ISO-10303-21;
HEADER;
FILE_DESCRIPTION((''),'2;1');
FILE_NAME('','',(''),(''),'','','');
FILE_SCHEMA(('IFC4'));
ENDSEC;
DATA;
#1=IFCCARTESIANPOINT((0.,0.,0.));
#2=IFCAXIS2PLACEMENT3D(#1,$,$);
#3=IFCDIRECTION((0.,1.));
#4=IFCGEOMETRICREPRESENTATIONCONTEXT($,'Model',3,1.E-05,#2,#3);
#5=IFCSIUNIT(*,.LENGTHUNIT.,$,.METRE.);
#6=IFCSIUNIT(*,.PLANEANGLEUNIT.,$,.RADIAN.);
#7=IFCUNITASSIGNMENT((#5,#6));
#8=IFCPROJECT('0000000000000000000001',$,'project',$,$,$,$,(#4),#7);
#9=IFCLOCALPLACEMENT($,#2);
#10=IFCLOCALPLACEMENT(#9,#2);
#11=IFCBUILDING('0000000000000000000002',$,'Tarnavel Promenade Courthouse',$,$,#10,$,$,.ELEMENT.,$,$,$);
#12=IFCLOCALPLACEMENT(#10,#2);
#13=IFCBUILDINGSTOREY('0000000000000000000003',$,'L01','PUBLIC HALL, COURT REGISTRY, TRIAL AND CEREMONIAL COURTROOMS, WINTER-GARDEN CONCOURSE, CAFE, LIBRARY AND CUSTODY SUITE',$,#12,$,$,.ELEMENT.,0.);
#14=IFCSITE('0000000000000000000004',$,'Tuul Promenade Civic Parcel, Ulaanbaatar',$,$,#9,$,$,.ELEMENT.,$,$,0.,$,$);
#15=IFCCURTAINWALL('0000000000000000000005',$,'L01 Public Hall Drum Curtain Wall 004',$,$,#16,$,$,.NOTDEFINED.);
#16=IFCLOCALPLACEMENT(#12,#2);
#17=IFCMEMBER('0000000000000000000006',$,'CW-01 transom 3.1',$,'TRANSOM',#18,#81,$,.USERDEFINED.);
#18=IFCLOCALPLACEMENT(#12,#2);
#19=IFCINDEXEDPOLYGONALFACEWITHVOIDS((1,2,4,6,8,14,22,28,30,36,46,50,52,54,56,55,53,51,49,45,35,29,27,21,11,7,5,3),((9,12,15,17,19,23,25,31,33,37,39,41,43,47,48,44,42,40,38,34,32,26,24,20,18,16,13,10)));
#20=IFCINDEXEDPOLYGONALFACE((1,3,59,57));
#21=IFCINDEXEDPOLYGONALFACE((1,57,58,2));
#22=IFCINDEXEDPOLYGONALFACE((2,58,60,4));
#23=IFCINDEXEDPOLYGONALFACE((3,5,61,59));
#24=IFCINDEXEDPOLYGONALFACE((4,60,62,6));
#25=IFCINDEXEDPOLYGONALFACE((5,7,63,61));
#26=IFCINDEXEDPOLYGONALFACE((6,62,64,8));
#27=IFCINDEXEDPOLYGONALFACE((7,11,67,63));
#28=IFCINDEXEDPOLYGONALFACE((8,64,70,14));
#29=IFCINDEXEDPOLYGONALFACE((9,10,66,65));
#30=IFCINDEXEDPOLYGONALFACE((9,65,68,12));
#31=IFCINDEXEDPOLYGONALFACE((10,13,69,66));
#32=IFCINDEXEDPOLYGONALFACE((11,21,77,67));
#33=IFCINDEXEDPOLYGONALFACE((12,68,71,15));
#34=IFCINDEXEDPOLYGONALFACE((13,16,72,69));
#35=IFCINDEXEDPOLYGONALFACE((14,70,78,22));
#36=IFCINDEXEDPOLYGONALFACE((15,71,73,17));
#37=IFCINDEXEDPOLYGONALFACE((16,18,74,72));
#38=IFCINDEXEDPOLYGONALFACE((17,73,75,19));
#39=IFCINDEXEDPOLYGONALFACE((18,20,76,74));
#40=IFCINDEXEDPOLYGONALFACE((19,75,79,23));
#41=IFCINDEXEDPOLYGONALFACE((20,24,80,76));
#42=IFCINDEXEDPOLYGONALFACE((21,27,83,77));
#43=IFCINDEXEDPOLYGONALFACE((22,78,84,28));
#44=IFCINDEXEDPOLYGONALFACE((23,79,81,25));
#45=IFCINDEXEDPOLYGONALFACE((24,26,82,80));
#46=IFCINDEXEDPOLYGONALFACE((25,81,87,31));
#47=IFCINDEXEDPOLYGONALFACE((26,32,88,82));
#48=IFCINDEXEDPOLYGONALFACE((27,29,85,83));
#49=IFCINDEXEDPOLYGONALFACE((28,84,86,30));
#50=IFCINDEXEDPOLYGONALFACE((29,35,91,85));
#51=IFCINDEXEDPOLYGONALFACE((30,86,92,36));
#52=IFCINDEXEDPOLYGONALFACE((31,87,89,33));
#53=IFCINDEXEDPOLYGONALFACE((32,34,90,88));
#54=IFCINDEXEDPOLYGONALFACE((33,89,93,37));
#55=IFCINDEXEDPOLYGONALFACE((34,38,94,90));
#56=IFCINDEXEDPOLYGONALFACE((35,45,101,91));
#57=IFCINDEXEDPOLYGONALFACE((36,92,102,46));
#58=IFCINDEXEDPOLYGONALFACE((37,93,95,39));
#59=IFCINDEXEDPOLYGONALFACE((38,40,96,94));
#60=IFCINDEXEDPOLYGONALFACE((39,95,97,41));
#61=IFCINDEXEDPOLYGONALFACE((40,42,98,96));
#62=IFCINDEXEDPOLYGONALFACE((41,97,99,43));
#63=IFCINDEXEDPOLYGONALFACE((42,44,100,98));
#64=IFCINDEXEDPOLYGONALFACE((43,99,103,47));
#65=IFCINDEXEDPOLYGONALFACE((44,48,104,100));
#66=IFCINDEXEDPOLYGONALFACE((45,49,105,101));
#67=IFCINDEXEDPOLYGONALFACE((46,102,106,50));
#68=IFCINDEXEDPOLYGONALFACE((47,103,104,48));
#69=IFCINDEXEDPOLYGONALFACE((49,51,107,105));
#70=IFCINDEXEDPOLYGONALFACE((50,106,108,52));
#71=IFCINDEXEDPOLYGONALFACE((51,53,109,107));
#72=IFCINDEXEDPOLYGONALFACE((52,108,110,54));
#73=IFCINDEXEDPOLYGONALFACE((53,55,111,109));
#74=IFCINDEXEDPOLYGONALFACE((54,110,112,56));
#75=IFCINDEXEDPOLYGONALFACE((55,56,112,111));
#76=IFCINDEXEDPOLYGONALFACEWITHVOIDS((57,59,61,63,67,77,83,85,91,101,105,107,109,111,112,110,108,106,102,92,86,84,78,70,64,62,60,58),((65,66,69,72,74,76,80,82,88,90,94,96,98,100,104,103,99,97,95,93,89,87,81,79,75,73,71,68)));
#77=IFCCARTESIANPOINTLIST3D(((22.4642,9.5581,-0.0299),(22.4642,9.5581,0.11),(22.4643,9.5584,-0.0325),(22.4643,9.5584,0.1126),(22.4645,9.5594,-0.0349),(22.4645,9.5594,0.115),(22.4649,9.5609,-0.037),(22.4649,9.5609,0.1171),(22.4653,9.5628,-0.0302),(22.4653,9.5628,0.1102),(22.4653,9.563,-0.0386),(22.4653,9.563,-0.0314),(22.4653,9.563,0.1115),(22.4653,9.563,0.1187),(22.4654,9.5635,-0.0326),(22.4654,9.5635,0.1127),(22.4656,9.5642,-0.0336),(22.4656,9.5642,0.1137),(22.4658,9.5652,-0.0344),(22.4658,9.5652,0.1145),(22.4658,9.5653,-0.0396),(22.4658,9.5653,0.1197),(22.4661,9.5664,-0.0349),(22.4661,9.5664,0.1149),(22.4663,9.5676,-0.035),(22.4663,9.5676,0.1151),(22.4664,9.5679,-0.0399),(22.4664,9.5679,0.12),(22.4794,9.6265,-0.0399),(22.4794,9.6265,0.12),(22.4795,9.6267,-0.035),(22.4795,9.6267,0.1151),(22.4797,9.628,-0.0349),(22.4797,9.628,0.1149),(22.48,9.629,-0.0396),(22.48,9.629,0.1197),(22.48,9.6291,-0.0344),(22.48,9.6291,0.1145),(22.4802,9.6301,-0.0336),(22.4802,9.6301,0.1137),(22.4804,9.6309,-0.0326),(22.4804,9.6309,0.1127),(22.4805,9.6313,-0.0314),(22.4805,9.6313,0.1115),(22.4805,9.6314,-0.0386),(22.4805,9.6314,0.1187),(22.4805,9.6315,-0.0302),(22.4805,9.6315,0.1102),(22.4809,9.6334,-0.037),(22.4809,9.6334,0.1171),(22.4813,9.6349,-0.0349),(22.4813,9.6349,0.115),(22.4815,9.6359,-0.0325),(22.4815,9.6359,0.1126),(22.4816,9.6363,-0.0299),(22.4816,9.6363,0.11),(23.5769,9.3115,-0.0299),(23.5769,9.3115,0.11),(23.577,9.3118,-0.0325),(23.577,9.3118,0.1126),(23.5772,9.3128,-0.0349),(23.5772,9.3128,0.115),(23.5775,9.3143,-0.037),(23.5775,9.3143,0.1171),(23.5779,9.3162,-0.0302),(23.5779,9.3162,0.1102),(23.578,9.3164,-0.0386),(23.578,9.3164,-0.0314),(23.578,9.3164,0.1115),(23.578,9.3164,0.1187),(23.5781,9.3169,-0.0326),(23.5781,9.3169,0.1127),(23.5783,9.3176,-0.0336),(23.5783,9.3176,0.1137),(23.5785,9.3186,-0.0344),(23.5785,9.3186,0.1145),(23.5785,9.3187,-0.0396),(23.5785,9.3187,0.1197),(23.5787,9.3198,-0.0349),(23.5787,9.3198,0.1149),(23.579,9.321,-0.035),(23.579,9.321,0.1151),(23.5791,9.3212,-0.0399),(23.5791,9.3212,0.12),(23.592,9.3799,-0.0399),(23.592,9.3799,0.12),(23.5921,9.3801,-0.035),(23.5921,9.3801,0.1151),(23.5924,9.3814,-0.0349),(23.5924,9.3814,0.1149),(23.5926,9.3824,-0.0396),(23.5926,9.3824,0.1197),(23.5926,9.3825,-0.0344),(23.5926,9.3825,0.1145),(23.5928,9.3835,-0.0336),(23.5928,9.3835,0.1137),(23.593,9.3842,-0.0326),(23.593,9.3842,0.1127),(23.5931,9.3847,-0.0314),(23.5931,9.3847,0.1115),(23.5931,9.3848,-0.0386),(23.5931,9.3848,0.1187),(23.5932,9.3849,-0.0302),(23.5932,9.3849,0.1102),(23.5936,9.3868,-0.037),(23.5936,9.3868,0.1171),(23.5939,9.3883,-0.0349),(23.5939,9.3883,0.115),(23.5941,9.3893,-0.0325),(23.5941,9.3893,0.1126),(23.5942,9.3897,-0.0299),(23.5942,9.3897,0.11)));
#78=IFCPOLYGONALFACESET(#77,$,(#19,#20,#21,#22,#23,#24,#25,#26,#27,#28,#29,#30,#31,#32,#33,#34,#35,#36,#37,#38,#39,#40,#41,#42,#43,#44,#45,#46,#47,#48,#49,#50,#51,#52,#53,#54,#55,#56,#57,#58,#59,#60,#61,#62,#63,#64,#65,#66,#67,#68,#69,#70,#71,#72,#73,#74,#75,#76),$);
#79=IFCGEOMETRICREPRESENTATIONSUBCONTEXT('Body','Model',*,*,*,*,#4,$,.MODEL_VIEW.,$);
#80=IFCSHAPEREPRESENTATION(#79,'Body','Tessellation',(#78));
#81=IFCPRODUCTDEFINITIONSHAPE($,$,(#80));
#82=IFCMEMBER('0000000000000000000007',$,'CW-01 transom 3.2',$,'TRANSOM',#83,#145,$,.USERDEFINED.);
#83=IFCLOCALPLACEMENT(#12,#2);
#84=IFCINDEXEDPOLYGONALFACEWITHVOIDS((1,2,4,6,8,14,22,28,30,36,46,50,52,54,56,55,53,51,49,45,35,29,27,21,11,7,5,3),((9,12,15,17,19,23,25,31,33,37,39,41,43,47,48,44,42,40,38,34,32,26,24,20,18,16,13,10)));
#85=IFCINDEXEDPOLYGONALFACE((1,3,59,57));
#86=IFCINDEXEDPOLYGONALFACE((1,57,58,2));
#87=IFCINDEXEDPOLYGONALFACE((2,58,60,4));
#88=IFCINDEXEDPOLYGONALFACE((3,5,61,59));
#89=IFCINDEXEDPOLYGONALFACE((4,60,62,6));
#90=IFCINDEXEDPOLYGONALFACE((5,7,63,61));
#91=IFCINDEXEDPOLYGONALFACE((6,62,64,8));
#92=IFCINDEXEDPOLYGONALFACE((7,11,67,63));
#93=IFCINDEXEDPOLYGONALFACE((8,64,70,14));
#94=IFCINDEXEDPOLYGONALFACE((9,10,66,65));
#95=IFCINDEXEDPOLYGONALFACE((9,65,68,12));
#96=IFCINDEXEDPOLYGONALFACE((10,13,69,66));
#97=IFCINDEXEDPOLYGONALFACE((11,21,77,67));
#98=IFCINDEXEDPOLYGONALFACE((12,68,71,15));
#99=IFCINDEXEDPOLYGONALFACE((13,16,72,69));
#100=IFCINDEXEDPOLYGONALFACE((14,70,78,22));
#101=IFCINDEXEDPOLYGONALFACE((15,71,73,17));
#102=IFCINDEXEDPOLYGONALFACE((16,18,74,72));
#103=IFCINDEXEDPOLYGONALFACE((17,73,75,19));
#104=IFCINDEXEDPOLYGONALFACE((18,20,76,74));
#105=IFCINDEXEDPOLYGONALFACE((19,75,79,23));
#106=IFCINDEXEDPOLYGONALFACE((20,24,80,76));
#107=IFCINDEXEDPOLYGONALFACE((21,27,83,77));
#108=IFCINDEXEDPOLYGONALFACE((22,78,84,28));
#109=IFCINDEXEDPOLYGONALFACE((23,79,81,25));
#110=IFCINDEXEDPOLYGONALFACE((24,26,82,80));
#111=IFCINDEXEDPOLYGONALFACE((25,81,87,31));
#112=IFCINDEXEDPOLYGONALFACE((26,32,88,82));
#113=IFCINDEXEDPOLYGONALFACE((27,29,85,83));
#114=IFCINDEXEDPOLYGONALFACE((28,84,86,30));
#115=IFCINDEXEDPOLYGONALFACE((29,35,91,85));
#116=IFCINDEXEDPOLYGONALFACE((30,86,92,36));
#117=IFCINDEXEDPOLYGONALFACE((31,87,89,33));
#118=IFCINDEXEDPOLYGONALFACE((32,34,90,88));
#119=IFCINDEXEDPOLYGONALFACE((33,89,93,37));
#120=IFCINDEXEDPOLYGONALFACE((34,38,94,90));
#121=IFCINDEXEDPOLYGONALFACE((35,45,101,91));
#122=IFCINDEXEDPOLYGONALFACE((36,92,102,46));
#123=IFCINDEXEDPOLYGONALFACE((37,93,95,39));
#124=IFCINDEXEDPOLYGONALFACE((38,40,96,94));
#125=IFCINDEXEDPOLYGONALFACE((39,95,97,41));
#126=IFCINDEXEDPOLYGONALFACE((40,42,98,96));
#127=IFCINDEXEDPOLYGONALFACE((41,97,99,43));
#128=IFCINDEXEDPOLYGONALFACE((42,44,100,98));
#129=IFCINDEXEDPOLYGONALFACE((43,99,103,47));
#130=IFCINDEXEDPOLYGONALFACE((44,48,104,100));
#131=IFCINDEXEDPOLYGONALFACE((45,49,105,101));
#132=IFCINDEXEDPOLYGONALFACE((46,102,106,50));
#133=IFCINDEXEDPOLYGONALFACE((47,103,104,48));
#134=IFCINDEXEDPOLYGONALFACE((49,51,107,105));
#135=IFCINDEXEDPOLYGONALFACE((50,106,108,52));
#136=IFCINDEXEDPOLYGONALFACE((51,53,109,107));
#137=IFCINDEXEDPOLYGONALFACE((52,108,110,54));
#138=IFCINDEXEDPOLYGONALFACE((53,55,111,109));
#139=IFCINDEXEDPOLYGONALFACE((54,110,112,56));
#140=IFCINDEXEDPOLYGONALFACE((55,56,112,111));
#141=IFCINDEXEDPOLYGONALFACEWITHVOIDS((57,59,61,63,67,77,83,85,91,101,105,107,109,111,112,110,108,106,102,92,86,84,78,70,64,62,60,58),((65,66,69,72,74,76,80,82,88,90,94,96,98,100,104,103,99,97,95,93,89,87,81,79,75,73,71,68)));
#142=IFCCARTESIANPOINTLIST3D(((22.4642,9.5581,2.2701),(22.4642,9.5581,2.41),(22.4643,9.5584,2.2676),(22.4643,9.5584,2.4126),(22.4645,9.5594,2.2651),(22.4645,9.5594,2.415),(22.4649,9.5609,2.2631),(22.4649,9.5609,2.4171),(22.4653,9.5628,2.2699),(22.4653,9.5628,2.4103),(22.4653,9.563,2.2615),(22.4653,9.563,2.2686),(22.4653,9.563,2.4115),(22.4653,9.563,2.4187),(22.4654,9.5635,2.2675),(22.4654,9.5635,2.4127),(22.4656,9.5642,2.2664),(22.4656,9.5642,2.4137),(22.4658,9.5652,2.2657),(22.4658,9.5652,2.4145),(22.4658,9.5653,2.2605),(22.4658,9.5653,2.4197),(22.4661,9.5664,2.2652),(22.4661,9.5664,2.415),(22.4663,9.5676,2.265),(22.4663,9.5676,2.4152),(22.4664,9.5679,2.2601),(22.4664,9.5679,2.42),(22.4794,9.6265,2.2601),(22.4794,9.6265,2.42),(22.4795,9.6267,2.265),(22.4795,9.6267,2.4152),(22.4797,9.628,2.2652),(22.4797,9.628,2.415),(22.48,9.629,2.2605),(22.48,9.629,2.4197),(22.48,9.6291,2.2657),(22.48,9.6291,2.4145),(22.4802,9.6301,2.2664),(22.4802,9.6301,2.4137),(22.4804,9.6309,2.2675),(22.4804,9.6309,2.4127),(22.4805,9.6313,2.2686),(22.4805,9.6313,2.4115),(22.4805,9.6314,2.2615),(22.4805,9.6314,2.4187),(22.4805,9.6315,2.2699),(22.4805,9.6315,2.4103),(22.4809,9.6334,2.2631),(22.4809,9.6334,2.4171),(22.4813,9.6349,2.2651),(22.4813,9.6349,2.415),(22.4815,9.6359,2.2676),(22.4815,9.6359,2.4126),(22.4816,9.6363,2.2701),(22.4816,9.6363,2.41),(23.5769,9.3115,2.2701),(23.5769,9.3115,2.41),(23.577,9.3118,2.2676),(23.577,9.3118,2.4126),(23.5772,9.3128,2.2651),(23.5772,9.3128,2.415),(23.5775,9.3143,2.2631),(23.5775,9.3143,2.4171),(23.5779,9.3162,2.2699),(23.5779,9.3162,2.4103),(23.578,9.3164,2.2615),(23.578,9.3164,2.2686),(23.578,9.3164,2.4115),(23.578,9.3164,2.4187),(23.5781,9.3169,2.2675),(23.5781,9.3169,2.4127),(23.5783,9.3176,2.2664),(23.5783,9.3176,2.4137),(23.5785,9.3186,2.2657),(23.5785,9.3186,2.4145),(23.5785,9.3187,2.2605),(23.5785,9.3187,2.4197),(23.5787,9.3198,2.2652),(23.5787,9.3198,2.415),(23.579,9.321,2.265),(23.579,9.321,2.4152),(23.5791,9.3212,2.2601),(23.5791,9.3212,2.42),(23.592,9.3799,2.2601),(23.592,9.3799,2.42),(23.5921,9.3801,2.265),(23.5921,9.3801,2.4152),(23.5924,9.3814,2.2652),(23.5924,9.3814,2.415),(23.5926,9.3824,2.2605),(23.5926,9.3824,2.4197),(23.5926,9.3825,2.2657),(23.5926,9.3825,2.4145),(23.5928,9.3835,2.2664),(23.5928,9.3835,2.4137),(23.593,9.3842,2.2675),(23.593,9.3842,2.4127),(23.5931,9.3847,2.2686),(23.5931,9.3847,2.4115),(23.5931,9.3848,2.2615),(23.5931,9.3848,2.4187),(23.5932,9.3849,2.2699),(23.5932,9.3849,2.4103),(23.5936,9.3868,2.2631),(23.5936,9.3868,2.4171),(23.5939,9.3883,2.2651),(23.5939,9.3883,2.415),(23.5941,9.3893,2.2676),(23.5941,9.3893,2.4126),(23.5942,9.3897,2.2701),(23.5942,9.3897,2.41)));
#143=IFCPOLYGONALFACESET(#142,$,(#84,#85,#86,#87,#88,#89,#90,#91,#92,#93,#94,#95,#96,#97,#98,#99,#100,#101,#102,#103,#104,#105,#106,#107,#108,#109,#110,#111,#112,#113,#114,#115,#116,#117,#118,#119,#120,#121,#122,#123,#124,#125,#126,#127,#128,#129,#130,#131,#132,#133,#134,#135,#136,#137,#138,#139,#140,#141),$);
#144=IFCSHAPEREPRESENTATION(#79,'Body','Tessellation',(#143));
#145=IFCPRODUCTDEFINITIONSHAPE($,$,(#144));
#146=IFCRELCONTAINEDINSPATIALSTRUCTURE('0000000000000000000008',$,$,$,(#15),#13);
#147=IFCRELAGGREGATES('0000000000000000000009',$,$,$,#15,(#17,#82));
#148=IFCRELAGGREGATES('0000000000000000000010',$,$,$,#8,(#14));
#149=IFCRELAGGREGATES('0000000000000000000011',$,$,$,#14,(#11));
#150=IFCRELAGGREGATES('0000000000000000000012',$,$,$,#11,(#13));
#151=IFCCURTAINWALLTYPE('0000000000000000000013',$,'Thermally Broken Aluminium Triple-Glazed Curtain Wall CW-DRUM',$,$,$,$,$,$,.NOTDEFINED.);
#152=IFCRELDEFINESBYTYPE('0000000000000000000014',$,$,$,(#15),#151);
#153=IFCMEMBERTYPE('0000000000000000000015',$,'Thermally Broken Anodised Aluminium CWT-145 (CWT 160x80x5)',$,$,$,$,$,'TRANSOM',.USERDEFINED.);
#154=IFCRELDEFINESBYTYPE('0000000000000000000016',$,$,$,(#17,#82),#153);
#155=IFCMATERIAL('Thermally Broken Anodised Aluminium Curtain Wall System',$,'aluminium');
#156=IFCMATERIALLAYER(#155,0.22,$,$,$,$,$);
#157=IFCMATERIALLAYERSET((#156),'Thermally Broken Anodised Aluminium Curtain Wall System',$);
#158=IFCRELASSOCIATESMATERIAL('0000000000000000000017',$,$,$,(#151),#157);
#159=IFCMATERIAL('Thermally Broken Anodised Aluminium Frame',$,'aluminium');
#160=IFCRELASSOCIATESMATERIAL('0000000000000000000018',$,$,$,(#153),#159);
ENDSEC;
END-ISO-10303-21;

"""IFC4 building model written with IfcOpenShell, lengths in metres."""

from ifc_helpers import new_model, si_unit, direction, frame, origin, origin_2d, place, context, subcontext, project, spatial, hollow_rectangle, extrude, material, layer, layer_set, material_profile, profile_set, type_object, element, aggregate, save


model = new_model("IFC4")

# Units and contexts
model_context = context("Model", 3, precision=1e-05, world=origin(), true_north=direction((0.0, 1.0)))
body_context = subcontext(model_context, "Body", "Model", "MODEL_VIEW")
ifc_project = project(units=[si_unit("LENGTHUNIT", "METRE"), si_unit("PLANEANGLEUNIT", "RADIAN")], contexts=[model_context])

# Site, building, storey
site_placement = place(None, origin())
site = spatial("IfcSite", under=ifc_project, at=site_placement, Name="Tuul Promenade Civic Parcel, Ulaanbaatar", CompositionType="ELEMENT", RefElevation=0.0)
building_placement = place(site_placement, origin())
building = spatial("IfcBuilding", under=site, at=building_placement, Name="Tarnavel Promenade Courthouse", CompositionType="ELEMENT")
storey_placement = place(building_placement, origin())
storey = spatial("IfcBuildingStorey", under=building, at=storey_placement, Name="L01", Description="PUBLIC HALL, COURT REGISTRY, TRIAL AND CEREMONIAL COURTROOMS, WINTER-GARDEN CONCOURSE, CAFE, LIBRARY AND CUSTODY SUITE", CompositionType="ELEMENT", Elevation=0.0)

# Curtain wall, members
ifc_material_1 = material(Name="Thermally Broken Anodised Aluminium Curtain Wall System", Category="aluminium")
ifc_layer_1 = layer(ifc_material_1, 0.22)
ifc_layer_set_1 = layer_set([ifc_layer_1], Name="Thermally Broken Anodised Aluminium Curtain Wall System")
curtain_wall_type = type_object("IfcCurtainWallType", Name="Thermally Broken Aluminium Triple-Glazed Curtain Wall CW-DRUM", PredefinedType="NOTDEFINED", material=ifc_layer_set_1)
curtain_wall_placement = place(storey_placement, origin())
curtain_wall = element("IfcCurtainWall", 1, at=curtain_wall_placement, inside=storey, type_object=curtain_wall_type, Name="L01 Public Hall Drum Curtain Wall 004", PredefinedType="NOTDEFINED")
ifc_material_2 = material(Name="Thermally Broken Anodised Aluminium Frame", Category="aluminium")
ifc_material_profile_1 = material_profile(ifc_material_2, hollow_rectangle(XDim=0.0801, YDim=0.1599, WallThickness=0.0049, InnerFilletRadius=0.0049, OuterFilletRadius=0.01, at=origin_2d()), Name="CWT 160x80x5")
ifc_profile_set_1 = profile_set([ifc_material_profile_1], Name="Thermally Broken Anodised Aluminium Frame")
member_type_1 = type_object("IfcMemberType", Name="Thermally Broken Anodised Aluminium CWT-145 (CWT 160x80x5)", ElementType="TRANSOM", PredefinedType="USERDEFINED", material=ifc_profile_set_1)
member_1_placement = place(storey_placement, frame((22.4729, 9.5972, 0.04), z_axis=(0.976308, -0.216386, 0.0), x_axis=(0.216386, 0.976308, 0.0)))
member_1 = element("IfcMember", 2, at=member_1_placement, type_object=member_type_1, Name="CW-01 transom 3.1", ObjectType="TRANSOM", PredefinedType="USERDEFINED", context=body_context, shape_type="SweptSolid", body=[
    extrude(hollow_rectangle(XDim=0.0801, YDim=0.1599, WallThickness=0.0049, InnerFilletRadius=0.0049, OuterFilletRadius=0.01, at=origin_2d()), origin(), (0.0, 0.0, 1.0), 1.1396),
])
member_2_placement = place(storey_placement, frame((22.4729, 9.5972, 2.3401), z_axis=(0.976308, -0.216386, 0.0), x_axis=(0.216386, 0.976308, 0.0)))
member_2 = element("IfcMember", 3, at=member_2_placement, type_object=member_type_1, Name="CW-01 transom 3.2", ObjectType="TRANSOM", PredefinedType="USERDEFINED", context=body_context, shape_type="SweptSolid", body=[
    extrude(hollow_rectangle(XDim=0.0801, YDim=0.1599, WallThickness=0.0049, InnerFilletRadius=0.0049, OuterFilletRadius=0.01, at=origin_2d()), origin(), (0.0, 0.0, 1.0), 1.1396),
])
aggregate(curtain_wall, [member_1, member_2])

save(model, "model.ifc")
